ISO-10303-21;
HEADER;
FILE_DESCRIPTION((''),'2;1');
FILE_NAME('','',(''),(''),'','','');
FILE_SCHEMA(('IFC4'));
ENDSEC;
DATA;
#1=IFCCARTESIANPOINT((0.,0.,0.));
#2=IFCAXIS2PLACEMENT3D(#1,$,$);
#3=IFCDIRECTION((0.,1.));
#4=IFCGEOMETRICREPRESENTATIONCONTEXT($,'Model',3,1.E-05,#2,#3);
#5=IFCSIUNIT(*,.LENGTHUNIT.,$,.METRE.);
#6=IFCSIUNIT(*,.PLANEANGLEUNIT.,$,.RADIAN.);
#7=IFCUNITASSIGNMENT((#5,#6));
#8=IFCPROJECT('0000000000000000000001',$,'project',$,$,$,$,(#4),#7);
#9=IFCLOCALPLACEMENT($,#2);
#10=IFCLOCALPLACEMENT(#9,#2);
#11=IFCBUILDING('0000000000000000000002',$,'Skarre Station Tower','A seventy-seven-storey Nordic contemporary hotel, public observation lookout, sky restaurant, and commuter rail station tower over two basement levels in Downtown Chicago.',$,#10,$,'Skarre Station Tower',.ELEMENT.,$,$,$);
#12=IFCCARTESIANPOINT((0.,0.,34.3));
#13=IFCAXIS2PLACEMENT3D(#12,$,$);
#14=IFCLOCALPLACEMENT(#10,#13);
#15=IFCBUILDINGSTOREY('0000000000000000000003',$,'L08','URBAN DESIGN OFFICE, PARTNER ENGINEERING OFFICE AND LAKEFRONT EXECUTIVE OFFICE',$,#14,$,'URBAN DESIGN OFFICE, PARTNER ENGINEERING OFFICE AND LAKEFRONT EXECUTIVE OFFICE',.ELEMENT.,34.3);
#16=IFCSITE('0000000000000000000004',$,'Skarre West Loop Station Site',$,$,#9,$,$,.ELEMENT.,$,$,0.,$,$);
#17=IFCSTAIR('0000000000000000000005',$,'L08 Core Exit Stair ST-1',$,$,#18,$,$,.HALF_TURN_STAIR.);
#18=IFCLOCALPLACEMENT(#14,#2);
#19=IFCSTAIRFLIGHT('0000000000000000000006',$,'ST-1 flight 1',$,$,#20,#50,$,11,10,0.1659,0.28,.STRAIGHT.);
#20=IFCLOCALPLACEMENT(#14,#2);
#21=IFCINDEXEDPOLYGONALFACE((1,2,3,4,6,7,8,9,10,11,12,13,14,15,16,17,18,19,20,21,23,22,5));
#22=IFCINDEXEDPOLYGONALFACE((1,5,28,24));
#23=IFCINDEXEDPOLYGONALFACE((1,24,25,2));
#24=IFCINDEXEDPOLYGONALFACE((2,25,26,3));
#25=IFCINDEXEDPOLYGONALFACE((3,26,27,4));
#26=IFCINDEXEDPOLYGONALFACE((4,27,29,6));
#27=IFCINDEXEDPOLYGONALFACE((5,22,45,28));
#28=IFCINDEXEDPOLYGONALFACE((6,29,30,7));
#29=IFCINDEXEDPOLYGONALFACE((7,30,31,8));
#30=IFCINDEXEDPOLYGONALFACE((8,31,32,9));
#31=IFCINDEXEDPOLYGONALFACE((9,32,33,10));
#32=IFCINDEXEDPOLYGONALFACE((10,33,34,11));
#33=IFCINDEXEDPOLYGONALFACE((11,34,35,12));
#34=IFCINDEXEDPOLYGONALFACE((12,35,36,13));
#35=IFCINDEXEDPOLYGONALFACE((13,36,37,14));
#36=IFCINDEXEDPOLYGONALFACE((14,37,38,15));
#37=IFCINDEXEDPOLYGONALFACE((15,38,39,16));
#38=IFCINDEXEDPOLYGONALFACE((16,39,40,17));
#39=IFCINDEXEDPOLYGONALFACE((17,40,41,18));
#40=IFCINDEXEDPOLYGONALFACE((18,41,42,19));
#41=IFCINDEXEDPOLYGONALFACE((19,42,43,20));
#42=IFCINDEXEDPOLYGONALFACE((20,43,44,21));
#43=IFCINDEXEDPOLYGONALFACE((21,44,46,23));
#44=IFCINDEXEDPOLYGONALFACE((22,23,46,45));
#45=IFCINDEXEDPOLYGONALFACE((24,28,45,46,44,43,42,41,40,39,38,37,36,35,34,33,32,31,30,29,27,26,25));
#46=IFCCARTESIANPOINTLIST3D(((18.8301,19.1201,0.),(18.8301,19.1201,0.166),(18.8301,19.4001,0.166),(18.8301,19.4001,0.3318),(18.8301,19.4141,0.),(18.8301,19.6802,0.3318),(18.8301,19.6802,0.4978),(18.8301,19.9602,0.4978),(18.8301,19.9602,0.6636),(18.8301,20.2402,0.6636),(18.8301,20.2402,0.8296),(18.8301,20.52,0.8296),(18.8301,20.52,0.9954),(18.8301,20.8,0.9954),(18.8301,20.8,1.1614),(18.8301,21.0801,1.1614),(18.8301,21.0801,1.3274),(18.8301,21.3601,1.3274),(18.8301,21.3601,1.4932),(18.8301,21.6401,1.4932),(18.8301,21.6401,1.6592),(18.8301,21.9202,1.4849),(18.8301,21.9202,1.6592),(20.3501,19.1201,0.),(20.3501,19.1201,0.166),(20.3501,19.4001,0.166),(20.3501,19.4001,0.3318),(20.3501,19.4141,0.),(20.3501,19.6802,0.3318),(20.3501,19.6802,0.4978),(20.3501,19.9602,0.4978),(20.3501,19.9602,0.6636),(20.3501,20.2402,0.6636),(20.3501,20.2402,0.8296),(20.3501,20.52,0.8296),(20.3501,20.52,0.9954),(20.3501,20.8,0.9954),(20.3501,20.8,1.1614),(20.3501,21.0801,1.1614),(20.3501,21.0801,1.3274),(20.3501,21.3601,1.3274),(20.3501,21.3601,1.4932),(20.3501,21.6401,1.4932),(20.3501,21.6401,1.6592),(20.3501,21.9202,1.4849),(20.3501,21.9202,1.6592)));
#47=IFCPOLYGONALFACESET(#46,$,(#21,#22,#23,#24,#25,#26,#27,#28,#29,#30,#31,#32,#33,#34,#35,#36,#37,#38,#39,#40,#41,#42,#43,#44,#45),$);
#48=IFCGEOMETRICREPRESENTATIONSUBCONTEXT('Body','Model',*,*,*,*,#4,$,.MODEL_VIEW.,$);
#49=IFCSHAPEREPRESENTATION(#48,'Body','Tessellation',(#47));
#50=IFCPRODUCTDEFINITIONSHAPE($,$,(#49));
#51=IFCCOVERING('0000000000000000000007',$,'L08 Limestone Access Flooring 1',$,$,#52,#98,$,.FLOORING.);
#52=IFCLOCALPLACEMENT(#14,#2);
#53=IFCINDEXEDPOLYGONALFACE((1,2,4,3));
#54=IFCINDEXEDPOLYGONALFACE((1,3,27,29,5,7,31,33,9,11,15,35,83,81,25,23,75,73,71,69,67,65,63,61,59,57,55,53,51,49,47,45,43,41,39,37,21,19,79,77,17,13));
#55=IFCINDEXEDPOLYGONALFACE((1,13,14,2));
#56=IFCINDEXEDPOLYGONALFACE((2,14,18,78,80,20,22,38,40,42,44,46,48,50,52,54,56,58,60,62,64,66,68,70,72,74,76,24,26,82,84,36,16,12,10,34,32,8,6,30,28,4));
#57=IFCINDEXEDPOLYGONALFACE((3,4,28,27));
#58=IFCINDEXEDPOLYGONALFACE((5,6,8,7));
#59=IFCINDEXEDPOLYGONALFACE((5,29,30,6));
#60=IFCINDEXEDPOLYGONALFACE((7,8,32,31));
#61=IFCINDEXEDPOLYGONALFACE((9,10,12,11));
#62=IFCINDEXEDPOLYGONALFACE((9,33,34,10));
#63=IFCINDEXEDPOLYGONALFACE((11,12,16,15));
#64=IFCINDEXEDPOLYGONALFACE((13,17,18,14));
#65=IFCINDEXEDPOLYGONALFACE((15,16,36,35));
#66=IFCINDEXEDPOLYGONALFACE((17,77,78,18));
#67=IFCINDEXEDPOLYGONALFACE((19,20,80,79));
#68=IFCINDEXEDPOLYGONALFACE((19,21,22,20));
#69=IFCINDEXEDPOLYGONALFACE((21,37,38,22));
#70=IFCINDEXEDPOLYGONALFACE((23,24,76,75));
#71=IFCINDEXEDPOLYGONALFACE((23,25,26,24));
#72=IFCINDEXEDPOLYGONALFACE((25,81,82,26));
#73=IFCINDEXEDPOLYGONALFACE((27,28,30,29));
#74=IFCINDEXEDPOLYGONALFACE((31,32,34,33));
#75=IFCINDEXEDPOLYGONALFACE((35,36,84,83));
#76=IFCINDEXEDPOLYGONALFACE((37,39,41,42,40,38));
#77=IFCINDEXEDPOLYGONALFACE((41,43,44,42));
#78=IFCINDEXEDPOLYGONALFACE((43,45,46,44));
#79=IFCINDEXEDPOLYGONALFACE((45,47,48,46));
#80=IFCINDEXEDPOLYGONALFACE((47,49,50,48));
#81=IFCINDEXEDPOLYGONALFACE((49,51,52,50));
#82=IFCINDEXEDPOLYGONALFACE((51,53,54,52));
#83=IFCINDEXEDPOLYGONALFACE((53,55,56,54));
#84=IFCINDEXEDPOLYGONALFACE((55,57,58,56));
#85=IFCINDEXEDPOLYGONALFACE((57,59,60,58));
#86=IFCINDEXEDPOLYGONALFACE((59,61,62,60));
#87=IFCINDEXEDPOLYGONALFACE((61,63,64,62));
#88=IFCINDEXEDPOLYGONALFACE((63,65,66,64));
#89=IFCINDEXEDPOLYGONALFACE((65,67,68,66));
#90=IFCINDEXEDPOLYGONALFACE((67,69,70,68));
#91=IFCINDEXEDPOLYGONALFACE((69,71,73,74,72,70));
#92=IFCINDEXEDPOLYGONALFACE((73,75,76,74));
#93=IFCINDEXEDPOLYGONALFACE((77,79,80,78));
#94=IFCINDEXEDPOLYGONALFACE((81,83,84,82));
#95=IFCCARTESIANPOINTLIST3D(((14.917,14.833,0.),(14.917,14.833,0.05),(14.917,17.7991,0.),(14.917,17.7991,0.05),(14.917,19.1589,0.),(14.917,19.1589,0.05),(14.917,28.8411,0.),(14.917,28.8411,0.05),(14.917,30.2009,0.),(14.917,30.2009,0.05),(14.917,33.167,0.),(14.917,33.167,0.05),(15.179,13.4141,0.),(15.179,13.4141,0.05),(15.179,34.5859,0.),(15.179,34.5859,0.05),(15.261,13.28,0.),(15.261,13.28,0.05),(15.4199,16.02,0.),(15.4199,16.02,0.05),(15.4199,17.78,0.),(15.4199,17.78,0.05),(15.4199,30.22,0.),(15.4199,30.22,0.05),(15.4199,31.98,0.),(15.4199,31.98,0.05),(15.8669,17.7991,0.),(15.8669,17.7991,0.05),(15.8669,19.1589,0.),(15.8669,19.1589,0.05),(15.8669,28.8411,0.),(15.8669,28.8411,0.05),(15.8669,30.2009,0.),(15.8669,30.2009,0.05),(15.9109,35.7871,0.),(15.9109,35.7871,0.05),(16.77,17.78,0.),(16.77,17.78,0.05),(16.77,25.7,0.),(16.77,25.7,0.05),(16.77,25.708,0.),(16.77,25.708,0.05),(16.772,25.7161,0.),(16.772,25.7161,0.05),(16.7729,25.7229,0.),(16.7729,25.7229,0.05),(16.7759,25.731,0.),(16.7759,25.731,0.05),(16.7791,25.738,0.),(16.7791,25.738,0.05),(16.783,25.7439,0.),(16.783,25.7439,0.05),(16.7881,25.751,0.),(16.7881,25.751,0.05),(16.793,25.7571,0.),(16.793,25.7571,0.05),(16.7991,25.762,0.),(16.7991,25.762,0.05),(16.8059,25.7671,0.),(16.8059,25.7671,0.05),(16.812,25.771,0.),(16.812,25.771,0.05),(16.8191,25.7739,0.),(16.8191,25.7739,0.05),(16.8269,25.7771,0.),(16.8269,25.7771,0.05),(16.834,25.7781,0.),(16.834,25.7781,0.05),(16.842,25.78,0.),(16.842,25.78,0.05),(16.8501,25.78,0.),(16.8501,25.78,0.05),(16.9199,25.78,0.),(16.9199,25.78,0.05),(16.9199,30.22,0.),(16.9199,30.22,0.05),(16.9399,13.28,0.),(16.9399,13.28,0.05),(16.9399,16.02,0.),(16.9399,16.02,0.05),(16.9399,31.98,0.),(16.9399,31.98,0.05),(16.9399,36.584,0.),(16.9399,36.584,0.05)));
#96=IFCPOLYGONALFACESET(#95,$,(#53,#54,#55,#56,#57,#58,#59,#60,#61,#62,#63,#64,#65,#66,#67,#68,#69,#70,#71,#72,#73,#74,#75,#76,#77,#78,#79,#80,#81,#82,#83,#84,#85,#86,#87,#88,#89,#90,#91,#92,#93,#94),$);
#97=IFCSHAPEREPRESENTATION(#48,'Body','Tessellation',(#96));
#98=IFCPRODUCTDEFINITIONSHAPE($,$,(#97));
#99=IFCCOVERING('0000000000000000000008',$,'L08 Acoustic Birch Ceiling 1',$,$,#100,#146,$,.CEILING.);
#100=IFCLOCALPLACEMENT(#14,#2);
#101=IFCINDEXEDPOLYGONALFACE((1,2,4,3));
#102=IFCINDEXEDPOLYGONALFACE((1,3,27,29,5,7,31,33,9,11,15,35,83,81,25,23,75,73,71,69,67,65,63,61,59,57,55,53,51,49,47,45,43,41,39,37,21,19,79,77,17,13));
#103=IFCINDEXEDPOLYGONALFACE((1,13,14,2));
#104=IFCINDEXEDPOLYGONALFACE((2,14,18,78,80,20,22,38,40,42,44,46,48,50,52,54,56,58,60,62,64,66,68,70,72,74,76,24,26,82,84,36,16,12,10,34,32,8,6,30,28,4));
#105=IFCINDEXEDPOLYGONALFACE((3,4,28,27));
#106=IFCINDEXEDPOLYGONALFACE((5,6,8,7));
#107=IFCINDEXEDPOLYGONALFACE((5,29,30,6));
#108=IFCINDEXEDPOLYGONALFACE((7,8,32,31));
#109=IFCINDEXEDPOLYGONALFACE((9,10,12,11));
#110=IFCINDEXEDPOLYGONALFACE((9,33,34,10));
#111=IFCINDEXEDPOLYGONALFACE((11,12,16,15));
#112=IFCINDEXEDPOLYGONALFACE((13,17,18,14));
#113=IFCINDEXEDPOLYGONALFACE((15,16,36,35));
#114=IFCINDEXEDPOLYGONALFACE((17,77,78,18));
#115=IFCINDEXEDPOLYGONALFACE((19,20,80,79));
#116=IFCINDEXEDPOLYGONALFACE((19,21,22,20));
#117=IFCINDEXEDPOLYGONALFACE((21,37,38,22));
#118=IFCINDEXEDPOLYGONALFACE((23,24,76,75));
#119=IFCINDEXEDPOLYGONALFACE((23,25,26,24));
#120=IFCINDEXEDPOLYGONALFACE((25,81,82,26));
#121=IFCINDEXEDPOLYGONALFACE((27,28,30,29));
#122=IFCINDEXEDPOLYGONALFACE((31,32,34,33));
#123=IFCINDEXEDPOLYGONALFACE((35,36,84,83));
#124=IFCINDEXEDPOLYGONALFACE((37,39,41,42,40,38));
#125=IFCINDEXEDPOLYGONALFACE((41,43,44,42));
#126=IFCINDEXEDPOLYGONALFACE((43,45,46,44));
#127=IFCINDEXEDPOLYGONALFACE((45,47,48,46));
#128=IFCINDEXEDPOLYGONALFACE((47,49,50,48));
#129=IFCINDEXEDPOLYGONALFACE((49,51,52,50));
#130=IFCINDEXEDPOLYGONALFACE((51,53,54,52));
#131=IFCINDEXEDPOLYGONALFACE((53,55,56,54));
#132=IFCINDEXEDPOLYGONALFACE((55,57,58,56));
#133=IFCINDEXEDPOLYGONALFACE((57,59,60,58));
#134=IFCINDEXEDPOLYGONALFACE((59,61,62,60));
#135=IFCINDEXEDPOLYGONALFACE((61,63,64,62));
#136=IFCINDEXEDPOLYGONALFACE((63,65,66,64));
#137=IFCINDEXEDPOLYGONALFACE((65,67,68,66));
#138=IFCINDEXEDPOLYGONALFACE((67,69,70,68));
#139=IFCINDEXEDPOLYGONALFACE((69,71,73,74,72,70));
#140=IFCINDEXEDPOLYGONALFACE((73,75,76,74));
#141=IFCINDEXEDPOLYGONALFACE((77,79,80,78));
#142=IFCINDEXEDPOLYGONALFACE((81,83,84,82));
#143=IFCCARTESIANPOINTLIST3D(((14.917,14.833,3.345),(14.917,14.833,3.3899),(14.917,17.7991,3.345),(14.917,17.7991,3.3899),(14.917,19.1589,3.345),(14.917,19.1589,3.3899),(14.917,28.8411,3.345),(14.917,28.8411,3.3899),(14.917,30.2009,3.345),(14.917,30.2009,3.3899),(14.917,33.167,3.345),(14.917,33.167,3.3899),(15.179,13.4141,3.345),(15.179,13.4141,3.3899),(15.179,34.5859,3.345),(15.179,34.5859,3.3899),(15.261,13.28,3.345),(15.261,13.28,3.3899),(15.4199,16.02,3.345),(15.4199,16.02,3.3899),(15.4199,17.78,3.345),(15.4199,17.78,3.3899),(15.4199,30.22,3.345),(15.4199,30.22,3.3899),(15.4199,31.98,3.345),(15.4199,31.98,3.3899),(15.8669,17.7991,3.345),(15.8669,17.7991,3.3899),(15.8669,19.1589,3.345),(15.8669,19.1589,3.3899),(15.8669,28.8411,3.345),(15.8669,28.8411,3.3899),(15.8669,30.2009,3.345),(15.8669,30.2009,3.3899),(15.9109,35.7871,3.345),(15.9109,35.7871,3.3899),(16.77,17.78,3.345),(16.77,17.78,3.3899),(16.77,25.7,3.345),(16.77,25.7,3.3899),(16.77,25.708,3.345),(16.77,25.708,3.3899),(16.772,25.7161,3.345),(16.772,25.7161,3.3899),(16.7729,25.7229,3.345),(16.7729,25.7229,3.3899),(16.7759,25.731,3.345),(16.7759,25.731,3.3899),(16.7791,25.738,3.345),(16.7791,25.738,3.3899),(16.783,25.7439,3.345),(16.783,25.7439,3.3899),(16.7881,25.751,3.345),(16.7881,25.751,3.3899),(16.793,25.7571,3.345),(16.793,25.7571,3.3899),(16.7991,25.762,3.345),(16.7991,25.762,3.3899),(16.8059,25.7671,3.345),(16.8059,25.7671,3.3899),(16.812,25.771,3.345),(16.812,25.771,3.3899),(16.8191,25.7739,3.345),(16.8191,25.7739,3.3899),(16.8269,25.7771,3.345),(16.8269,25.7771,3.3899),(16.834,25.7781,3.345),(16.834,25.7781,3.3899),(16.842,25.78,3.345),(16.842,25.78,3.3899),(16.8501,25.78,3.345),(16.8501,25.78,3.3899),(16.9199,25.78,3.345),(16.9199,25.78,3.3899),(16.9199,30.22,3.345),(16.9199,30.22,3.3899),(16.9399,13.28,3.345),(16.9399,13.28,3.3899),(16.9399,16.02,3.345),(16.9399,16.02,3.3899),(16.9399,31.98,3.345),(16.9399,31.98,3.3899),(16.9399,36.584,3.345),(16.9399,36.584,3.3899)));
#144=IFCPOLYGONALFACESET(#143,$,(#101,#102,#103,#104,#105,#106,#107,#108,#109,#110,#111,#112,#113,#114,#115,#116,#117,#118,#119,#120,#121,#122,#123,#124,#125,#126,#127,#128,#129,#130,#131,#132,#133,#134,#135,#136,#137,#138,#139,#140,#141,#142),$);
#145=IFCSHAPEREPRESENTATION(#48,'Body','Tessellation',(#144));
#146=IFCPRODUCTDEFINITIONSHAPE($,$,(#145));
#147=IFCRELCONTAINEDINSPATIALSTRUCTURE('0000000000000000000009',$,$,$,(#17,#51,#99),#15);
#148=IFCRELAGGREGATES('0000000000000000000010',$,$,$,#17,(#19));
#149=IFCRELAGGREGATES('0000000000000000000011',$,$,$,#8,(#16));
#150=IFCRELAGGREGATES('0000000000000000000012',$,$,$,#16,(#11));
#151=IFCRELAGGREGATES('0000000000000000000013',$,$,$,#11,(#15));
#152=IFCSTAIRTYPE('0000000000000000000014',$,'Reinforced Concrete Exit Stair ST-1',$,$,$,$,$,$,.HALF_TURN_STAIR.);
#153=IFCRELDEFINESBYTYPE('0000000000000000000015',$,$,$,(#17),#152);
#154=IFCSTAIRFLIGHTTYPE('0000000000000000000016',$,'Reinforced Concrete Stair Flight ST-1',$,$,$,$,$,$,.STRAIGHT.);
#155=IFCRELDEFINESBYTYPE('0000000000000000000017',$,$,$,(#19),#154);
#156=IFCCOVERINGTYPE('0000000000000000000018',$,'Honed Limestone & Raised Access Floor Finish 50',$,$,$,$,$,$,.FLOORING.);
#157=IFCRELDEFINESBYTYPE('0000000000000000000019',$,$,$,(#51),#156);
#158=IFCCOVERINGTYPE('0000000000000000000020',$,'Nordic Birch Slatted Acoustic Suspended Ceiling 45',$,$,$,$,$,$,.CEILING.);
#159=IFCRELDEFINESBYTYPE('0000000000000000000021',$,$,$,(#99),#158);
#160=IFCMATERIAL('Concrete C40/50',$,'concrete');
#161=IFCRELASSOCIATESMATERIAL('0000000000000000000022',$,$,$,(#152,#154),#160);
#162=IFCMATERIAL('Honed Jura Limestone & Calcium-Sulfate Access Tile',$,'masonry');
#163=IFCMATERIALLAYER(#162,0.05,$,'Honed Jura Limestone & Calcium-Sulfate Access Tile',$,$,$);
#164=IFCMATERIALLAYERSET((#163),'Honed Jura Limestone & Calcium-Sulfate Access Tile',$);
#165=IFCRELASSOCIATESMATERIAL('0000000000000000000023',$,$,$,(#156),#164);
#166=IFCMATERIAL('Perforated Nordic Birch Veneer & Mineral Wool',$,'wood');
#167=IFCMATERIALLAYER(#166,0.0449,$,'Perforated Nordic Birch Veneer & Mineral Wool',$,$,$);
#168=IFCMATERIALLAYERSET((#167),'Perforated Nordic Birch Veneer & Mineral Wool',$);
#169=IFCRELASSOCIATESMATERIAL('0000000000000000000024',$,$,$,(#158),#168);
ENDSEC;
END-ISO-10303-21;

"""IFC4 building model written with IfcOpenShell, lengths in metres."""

from ifc_helpers import new_model, si_unit, direction, frame, origin, place, context, subcontext, project, spatial, polyline, outline, extrude, material, layer, layer_set, type_object, element, aggregate, save


model = new_model("IFC4")

# Units and contexts
model_context = context("Model", 3, precision=1e-05, world=origin(), true_north=direction((0.0, 1.0)))
body_context = subcontext(model_context, "Body", "Model", "MODEL_VIEW")
ifc_project = project(units=[si_unit("LENGTHUNIT", "METRE"), si_unit("PLANEANGLEUNIT", "RADIAN")], contexts=[model_context])

# Site, building, storey
site_placement = place(None, origin())
site = spatial("IfcSite", under=ifc_project, at=site_placement, Name="Skarre West Loop Station Site", CompositionType="ELEMENT", RefElevation=0.0)
building_placement = place(site_placement, origin())
building = spatial("IfcBuilding", under=site, at=building_placement, Name="Skarre Station Tower", Description="A seventy-seven-storey Nordic contemporary hotel, public observation lookout, sky restaurant, and commuter rail station tower over two basement levels in Downtown Chicago.", LongName="Skarre Station Tower", CompositionType="ELEMENT")
storey_placement = place(building_placement, frame((0.0, 0.0, 34.3)))
storey = spatial("IfcBuildingStorey", under=building, at=storey_placement, Name="L08", Description="URBAN DESIGN OFFICE, PARTNER ENGINEERING OFFICE AND LAKEFRONT EXECUTIVE OFFICE", LongName="URBAN DESIGN OFFICE, PARTNER ENGINEERING OFFICE AND LAKEFRONT EXECUTIVE OFFICE", CompositionType="ELEMENT", Elevation=34.3)

# Stair
ifc_material_1 = material(Name="Concrete C40/50", Category="concrete")
stair_type_1 = type_object("IfcStairType", Name="Reinforced Concrete Exit Stair ST-1", PredefinedType="HALF_TURN_STAIR", material=ifc_material_1)
stair_1_placement = place(storey_placement, origin())
stair_1 = element("IfcStair", 1, at=stair_1_placement, inside=storey, type_object=stair_type_1, Name="L08 Core Exit Stair ST-1", PredefinedType="HALF_TURN_STAIR")

# Stair flight
stair_flight_type = type_object("IfcStairFlightType", Name="Reinforced Concrete Stair Flight ST-1", PredefinedType="STRAIGHT", material=ifc_material_1)
stair_flight_placement = place(storey_placement, frame((19.5901, 19.1201, 0.0), z_axis=(0.0, 0.0, 1.0), x_axis=(0.0, 1.0, 0.0)))
stair_flight = element("IfcStairFlight", 2, at=stair_flight_placement, type_object=stair_flight_type, Name="ST-1 flight 1", NumberOfRisers=11, NumberOfTreads=10, PredefinedType="STRAIGHT", RiserHeight=0.1659, TreadLength=0.28, context=body_context, shape_type="SweptSolid", body=[
    extrude(outline(polyline([(0.0, 0.0), (0.0, 0.166), (0.28, 0.166), (0.28, 0.3318), (0.5601, 0.3318), (0.5601, 0.4978), (0.8401, 0.4978), (0.8401, 0.6636), (1.1201, 0.6636), (1.1201, 0.8296), (1.3999, 0.8296), (1.3999, 0.9954), (1.6799, 0.9954), (1.6799, 1.1614), (1.96, 1.1614), (1.96, 1.3274), (2.24, 1.3274), (2.24, 1.4932), (2.52, 1.4932), (2.52, 1.6592), (2.8, 1.6592), (2.8, 1.825), (2.8, 1.4849), (0.2939, 0.0), (0.0, 0.0)])), frame((0.0, 0.76, 0.0), z_axis=(0.0, -1.0, 0.0), x_axis=(1.0, 0.0, 0.0)), (0.0, 0.0, 1.0), 1.52),
])
aggregate(stair_1, [stair_flight])

# Coverings
ifc_material_2 = material(Name="Honed Jura Limestone & Calcium-Sulfate Access Tile", Category="masonry")
ifc_layer_1 = layer(ifc_material_2, 0.05, Name="Honed Jura Limestone & Calcium-Sulfate Access Tile")
ifc_layer_set_1 = layer_set([ifc_layer_1], Name="Honed Jura Limestone & Calcium-Sulfate Access Tile")
covering_type_1 = type_object("IfcCoveringType", Name="Honed Limestone & Raised Access Floor Finish 50", PredefinedType="FLOORING", material=ifc_layer_set_1)
covering_1_placement = place(storey_placement, origin())
element("IfcCovering", 3, at=covering_1_placement, inside=storey, type_object=covering_type_1, Name="L08 Limestone Access Flooring 1", PredefinedType="FLOORING", context=body_context, shape_type="SweptSolid", body=[
    extrude(outline(polyline([(16.9399, 36.584), (15.9109, 35.7871), (15.179, 34.5859), (14.917, 33.167), (14.917, 30.2009), (15.8669, 30.2009), (15.8669, 28.8411), (14.917, 28.8411), (14.917, 19.1589), (15.8669, 19.1589), (15.8669, 17.7991), (14.917, 17.7991), (14.917, 14.833), (15.179, 13.4141), (15.261, 13.28), (16.9399, 13.28), (16.9399, 16.02), (15.4199, 16.02), (15.4199, 17.78), (16.77, 17.78), (16.77, 25.7), (16.77, 25.708), (16.772, 25.7161), (16.7729, 25.7229), (16.7759, 25.731), (16.7791, 25.738), (16.783, 25.7439), (16.7881, 25.751), (16.793, 25.7571), (16.7991, 25.762), (16.8059, 25.7671), (16.812, 25.771), (16.8191, 25.7739), (16.8269, 25.7771), (16.834, 25.7781), (16.842, 25.78), (16.8501, 25.78), (16.9199, 25.78), (16.9199, 30.22), (15.4199, 30.22), (15.4199, 31.98), (16.9399, 31.98), (16.9399, 36.584)])), origin(), (0.0, 0.0, 1.0), 0.05),
])
ifc_material_3 = material(Name="Perforated Nordic Birch Veneer & Mineral Wool", Category="wood")
ifc_layer_2 = layer(ifc_material_3, 0.0449, Name="Perforated Nordic Birch Veneer & Mineral Wool")
ifc_layer_set_2 = layer_set([ifc_layer_2], Name="Perforated Nordic Birch Veneer & Mineral Wool")
covering_type_2 = type_object("IfcCoveringType", Name="Nordic Birch Slatted Acoustic Suspended Ceiling 45", PredefinedType="CEILING", material=ifc_layer_set_2)
covering_2_placement = place(storey_placement, frame((0.0, 0.0, 3.345)))
element("IfcCovering", 4, at=covering_2_placement, inside=storey, type_object=covering_type_2, Name="L08 Acoustic Birch Ceiling 1", PredefinedType="CEILING", context=body_context, shape_type="SweptSolid", body=[
    extrude(outline(polyline([(16.9399, 36.584), (15.9109, 35.7871), (15.179, 34.5859), (14.917, 33.167), (14.917, 30.2009), (15.8669, 30.2009), (15.8669, 28.8411), (14.917, 28.8411), (14.917, 19.1589), (15.8669, 19.1589), (15.8669, 17.7991), (14.917, 17.7991), (14.917, 14.833), (15.179, 13.4141), (15.261, 13.28), (16.9399, 13.28), (16.9399, 16.02), (15.4199, 16.02), (15.4199, 17.78), (16.77, 17.78), (16.77, 25.7), (16.77, 25.708), (16.772, 25.7161), (16.7729, 25.7229), (16.7759, 25.731), (16.7791, 25.738), (16.783, 25.7439), (16.7881, 25.751), (16.793, 25.7571), (16.7991, 25.762), (16.8059, 25.7671), (16.812, 25.771), (16.8191, 25.7739), (16.8269, 25.7771), (16.834, 25.7781), (16.842, 25.78), (16.8501, 25.78), (16.9199, 25.78), (16.9199, 30.22), (15.4199, 30.22), (15.4199, 31.98), (16.9399, 31.98), (16.9399, 36.584)])), origin(), (0.0, 0.0, 1.0), 0.0449),
])

save(model, "model.ifc")
